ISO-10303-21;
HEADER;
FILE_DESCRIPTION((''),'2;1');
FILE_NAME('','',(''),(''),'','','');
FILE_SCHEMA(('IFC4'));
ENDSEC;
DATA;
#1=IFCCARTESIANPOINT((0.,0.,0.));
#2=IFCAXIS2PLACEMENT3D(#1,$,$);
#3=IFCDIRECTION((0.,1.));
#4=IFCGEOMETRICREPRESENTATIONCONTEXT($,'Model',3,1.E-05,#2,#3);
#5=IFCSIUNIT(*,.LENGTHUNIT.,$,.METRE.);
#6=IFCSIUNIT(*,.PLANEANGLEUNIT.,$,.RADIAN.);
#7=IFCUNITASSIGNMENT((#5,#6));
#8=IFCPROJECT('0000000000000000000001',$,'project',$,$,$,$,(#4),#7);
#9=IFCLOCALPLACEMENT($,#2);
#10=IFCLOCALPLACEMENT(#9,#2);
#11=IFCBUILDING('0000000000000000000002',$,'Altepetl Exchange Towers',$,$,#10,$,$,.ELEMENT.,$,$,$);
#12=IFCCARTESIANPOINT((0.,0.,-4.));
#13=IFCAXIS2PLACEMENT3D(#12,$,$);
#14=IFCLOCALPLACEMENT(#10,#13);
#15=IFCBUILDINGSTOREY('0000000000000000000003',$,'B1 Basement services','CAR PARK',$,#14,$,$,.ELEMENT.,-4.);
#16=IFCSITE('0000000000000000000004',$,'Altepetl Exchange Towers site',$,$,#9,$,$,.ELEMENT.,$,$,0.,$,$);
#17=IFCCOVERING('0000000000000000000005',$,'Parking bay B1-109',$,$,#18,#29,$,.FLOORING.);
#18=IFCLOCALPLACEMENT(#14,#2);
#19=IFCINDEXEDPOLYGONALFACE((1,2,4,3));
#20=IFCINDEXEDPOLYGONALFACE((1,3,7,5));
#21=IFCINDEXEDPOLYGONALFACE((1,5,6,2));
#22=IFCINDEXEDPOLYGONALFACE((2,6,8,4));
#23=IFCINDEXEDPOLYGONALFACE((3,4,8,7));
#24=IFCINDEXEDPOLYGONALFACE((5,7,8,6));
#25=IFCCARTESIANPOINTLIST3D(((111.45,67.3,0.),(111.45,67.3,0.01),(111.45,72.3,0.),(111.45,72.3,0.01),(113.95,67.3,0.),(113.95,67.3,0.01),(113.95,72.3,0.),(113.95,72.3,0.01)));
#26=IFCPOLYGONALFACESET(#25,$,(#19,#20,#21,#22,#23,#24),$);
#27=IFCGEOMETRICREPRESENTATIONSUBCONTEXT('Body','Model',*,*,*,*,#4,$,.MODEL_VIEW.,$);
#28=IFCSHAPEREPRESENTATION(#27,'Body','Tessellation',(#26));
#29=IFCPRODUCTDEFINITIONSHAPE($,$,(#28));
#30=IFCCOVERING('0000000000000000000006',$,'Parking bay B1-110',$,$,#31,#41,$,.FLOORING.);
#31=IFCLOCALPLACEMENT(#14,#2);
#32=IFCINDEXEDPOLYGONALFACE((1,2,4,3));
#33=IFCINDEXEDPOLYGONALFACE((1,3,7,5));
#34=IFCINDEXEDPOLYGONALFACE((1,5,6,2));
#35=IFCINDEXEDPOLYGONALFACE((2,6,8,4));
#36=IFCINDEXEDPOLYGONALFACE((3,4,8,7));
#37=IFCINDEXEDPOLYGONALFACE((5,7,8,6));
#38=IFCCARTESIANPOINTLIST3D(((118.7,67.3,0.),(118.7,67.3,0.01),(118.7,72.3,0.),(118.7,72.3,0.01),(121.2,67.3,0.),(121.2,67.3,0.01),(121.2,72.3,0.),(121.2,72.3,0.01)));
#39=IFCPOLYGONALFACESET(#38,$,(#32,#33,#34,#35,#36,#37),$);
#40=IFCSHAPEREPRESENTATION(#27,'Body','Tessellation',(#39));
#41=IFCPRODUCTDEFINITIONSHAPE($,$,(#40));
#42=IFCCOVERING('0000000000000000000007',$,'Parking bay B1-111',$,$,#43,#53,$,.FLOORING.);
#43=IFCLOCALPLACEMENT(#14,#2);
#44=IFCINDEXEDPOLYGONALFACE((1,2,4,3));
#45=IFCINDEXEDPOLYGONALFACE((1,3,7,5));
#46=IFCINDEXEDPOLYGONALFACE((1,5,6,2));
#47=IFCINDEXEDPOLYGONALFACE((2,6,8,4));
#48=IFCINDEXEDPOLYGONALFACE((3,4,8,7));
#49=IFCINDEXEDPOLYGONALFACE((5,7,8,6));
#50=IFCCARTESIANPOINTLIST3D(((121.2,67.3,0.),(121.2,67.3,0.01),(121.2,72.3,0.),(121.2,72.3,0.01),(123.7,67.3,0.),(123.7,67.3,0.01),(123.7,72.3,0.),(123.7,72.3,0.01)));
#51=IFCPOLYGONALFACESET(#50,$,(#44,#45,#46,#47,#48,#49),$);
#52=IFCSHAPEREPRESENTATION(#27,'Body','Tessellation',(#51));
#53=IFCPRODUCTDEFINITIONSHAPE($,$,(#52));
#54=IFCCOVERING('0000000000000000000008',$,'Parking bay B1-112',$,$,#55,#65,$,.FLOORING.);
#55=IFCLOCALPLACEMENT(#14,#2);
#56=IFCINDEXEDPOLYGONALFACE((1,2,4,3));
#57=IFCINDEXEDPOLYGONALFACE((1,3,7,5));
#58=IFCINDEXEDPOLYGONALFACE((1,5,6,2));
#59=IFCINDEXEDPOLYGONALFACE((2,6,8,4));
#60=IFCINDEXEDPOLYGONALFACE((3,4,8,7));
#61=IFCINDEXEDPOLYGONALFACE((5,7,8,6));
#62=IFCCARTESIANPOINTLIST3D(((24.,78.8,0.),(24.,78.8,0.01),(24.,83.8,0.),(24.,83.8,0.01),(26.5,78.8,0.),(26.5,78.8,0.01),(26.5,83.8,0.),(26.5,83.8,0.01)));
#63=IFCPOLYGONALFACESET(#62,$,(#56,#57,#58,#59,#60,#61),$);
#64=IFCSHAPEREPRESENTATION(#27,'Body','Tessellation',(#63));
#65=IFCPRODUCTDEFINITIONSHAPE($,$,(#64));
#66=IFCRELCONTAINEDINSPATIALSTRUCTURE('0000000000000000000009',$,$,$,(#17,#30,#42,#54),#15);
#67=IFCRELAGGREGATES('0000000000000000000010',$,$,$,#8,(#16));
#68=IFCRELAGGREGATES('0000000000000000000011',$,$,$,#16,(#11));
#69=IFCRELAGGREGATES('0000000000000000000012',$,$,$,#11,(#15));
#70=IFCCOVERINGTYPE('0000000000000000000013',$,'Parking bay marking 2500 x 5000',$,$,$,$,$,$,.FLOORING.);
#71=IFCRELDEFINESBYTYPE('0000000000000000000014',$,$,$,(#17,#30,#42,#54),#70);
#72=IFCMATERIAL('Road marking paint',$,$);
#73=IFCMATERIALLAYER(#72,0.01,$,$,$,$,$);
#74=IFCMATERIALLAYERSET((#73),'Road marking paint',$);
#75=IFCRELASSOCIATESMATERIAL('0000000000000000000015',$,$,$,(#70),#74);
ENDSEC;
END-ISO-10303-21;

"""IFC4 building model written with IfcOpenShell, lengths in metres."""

from ifc_helpers import new_model, si_unit, direction, frame, origin, place, context, subcontext, project, spatial, polyline, outline, extrude, material, layer, layer_set, type_object, element, save


model = new_model("IFC4")

# Units and contexts
model_context = context("Model", 3, precision=1e-05, world=origin(), true_north=direction((0.0, 1.0)))
body_context = subcontext(model_context, "Body", "Model", "MODEL_VIEW")
ifc_project = project(units=[si_unit("LENGTHUNIT", "METRE"), si_unit("PLANEANGLEUNIT", "RADIAN")], contexts=[model_context])

# Site, building, storey
site_placement = place(None, origin())
site = spatial("IfcSite", under=ifc_project, at=site_placement, Name="Altepetl Exchange Towers site", CompositionType="ELEMENT", RefElevation=0.0)
building_placement = place(site_placement, origin())
building = spatial("IfcBuilding", under=site, at=building_placement, Name="Altepetl Exchange Towers", CompositionType="ELEMENT")
storey_placement = place(building_placement, frame((0.0, 0.0, -4.0)))
storey = spatial("IfcBuildingStorey", under=building, at=storey_placement, Name="B1 Basement services", Description="CAR PARK", CompositionType="ELEMENT", Elevation=-4.0)

# Coverings
ifc_material_1 = material(Name="Road marking paint")
ifc_layer_1 = layer(ifc_material_1, 0.01)
ifc_layer_set_1 = layer_set([ifc_layer_1], Name="Road marking paint")
covering_type_1 = type_object("IfcCoveringType", Name="Parking bay marking 2500 x 5000", PredefinedType="FLOORING", material=ifc_layer_set_1)
covering_1_placement = place(storey_placement, origin())
element("IfcCovering", 1, at=covering_1_placement, inside=storey, type_object=covering_type_1, Name="Parking bay B1-109", PredefinedType="FLOORING", context=body_context, shape_type="SweptSolid", body=[
    extrude(outline(polyline([(111.45, 67.3), (113.95, 67.3), (113.95, 72.3), (111.45, 72.3), (111.45, 67.3)])), origin(), (0.0, 0.0, 1.0), 0.01),
])
covering_2_placement = place(storey_placement, origin())
element("IfcCovering", 2, at=covering_2_placement, inside=storey, type_object=covering_type_1, Name="Parking bay B1-110", PredefinedType="FLOORING", context=body_context, shape_type="SweptSolid", body=[
    extrude(outline(polyline([(118.7, 67.3), (121.2, 67.3), (121.2, 72.3), (118.7, 72.3), (118.7, 67.3)])), origin(), (0.0, 0.0, 1.0), 0.01),
])
covering_3_placement = place(storey_placement, origin())
element("IfcCovering", 3, at=covering_3_placement, inside=storey, type_object=covering_type_1, Name="Parking bay B1-111", PredefinedType="FLOORING", context=body_context, shape_type="SweptSolid", body=[
    extrude(outline(polyline([(121.2, 67.3), (123.7, 67.3), (123.7, 72.3), (121.2, 72.3), (121.2, 67.3)])), origin(), (0.0, 0.0, 1.0), 0.01),
])
covering_4_placement = place(storey_placement, origin())
element("IfcCovering", 4, at=covering_4_placement, inside=storey, type_object=covering_type_1, Name="Parking bay B1-112", PredefinedType="FLOORING", context=body_context, shape_type="SweptSolid", body=[
    extrude(outline(polyline([(24.0, 78.8), (26.5, 78.8), (26.5, 83.8), (24.0, 83.8), (24.0, 78.8)])), origin(), (0.0, 0.0, 1.0), 0.01),
])

save(model, "model.ifc")
